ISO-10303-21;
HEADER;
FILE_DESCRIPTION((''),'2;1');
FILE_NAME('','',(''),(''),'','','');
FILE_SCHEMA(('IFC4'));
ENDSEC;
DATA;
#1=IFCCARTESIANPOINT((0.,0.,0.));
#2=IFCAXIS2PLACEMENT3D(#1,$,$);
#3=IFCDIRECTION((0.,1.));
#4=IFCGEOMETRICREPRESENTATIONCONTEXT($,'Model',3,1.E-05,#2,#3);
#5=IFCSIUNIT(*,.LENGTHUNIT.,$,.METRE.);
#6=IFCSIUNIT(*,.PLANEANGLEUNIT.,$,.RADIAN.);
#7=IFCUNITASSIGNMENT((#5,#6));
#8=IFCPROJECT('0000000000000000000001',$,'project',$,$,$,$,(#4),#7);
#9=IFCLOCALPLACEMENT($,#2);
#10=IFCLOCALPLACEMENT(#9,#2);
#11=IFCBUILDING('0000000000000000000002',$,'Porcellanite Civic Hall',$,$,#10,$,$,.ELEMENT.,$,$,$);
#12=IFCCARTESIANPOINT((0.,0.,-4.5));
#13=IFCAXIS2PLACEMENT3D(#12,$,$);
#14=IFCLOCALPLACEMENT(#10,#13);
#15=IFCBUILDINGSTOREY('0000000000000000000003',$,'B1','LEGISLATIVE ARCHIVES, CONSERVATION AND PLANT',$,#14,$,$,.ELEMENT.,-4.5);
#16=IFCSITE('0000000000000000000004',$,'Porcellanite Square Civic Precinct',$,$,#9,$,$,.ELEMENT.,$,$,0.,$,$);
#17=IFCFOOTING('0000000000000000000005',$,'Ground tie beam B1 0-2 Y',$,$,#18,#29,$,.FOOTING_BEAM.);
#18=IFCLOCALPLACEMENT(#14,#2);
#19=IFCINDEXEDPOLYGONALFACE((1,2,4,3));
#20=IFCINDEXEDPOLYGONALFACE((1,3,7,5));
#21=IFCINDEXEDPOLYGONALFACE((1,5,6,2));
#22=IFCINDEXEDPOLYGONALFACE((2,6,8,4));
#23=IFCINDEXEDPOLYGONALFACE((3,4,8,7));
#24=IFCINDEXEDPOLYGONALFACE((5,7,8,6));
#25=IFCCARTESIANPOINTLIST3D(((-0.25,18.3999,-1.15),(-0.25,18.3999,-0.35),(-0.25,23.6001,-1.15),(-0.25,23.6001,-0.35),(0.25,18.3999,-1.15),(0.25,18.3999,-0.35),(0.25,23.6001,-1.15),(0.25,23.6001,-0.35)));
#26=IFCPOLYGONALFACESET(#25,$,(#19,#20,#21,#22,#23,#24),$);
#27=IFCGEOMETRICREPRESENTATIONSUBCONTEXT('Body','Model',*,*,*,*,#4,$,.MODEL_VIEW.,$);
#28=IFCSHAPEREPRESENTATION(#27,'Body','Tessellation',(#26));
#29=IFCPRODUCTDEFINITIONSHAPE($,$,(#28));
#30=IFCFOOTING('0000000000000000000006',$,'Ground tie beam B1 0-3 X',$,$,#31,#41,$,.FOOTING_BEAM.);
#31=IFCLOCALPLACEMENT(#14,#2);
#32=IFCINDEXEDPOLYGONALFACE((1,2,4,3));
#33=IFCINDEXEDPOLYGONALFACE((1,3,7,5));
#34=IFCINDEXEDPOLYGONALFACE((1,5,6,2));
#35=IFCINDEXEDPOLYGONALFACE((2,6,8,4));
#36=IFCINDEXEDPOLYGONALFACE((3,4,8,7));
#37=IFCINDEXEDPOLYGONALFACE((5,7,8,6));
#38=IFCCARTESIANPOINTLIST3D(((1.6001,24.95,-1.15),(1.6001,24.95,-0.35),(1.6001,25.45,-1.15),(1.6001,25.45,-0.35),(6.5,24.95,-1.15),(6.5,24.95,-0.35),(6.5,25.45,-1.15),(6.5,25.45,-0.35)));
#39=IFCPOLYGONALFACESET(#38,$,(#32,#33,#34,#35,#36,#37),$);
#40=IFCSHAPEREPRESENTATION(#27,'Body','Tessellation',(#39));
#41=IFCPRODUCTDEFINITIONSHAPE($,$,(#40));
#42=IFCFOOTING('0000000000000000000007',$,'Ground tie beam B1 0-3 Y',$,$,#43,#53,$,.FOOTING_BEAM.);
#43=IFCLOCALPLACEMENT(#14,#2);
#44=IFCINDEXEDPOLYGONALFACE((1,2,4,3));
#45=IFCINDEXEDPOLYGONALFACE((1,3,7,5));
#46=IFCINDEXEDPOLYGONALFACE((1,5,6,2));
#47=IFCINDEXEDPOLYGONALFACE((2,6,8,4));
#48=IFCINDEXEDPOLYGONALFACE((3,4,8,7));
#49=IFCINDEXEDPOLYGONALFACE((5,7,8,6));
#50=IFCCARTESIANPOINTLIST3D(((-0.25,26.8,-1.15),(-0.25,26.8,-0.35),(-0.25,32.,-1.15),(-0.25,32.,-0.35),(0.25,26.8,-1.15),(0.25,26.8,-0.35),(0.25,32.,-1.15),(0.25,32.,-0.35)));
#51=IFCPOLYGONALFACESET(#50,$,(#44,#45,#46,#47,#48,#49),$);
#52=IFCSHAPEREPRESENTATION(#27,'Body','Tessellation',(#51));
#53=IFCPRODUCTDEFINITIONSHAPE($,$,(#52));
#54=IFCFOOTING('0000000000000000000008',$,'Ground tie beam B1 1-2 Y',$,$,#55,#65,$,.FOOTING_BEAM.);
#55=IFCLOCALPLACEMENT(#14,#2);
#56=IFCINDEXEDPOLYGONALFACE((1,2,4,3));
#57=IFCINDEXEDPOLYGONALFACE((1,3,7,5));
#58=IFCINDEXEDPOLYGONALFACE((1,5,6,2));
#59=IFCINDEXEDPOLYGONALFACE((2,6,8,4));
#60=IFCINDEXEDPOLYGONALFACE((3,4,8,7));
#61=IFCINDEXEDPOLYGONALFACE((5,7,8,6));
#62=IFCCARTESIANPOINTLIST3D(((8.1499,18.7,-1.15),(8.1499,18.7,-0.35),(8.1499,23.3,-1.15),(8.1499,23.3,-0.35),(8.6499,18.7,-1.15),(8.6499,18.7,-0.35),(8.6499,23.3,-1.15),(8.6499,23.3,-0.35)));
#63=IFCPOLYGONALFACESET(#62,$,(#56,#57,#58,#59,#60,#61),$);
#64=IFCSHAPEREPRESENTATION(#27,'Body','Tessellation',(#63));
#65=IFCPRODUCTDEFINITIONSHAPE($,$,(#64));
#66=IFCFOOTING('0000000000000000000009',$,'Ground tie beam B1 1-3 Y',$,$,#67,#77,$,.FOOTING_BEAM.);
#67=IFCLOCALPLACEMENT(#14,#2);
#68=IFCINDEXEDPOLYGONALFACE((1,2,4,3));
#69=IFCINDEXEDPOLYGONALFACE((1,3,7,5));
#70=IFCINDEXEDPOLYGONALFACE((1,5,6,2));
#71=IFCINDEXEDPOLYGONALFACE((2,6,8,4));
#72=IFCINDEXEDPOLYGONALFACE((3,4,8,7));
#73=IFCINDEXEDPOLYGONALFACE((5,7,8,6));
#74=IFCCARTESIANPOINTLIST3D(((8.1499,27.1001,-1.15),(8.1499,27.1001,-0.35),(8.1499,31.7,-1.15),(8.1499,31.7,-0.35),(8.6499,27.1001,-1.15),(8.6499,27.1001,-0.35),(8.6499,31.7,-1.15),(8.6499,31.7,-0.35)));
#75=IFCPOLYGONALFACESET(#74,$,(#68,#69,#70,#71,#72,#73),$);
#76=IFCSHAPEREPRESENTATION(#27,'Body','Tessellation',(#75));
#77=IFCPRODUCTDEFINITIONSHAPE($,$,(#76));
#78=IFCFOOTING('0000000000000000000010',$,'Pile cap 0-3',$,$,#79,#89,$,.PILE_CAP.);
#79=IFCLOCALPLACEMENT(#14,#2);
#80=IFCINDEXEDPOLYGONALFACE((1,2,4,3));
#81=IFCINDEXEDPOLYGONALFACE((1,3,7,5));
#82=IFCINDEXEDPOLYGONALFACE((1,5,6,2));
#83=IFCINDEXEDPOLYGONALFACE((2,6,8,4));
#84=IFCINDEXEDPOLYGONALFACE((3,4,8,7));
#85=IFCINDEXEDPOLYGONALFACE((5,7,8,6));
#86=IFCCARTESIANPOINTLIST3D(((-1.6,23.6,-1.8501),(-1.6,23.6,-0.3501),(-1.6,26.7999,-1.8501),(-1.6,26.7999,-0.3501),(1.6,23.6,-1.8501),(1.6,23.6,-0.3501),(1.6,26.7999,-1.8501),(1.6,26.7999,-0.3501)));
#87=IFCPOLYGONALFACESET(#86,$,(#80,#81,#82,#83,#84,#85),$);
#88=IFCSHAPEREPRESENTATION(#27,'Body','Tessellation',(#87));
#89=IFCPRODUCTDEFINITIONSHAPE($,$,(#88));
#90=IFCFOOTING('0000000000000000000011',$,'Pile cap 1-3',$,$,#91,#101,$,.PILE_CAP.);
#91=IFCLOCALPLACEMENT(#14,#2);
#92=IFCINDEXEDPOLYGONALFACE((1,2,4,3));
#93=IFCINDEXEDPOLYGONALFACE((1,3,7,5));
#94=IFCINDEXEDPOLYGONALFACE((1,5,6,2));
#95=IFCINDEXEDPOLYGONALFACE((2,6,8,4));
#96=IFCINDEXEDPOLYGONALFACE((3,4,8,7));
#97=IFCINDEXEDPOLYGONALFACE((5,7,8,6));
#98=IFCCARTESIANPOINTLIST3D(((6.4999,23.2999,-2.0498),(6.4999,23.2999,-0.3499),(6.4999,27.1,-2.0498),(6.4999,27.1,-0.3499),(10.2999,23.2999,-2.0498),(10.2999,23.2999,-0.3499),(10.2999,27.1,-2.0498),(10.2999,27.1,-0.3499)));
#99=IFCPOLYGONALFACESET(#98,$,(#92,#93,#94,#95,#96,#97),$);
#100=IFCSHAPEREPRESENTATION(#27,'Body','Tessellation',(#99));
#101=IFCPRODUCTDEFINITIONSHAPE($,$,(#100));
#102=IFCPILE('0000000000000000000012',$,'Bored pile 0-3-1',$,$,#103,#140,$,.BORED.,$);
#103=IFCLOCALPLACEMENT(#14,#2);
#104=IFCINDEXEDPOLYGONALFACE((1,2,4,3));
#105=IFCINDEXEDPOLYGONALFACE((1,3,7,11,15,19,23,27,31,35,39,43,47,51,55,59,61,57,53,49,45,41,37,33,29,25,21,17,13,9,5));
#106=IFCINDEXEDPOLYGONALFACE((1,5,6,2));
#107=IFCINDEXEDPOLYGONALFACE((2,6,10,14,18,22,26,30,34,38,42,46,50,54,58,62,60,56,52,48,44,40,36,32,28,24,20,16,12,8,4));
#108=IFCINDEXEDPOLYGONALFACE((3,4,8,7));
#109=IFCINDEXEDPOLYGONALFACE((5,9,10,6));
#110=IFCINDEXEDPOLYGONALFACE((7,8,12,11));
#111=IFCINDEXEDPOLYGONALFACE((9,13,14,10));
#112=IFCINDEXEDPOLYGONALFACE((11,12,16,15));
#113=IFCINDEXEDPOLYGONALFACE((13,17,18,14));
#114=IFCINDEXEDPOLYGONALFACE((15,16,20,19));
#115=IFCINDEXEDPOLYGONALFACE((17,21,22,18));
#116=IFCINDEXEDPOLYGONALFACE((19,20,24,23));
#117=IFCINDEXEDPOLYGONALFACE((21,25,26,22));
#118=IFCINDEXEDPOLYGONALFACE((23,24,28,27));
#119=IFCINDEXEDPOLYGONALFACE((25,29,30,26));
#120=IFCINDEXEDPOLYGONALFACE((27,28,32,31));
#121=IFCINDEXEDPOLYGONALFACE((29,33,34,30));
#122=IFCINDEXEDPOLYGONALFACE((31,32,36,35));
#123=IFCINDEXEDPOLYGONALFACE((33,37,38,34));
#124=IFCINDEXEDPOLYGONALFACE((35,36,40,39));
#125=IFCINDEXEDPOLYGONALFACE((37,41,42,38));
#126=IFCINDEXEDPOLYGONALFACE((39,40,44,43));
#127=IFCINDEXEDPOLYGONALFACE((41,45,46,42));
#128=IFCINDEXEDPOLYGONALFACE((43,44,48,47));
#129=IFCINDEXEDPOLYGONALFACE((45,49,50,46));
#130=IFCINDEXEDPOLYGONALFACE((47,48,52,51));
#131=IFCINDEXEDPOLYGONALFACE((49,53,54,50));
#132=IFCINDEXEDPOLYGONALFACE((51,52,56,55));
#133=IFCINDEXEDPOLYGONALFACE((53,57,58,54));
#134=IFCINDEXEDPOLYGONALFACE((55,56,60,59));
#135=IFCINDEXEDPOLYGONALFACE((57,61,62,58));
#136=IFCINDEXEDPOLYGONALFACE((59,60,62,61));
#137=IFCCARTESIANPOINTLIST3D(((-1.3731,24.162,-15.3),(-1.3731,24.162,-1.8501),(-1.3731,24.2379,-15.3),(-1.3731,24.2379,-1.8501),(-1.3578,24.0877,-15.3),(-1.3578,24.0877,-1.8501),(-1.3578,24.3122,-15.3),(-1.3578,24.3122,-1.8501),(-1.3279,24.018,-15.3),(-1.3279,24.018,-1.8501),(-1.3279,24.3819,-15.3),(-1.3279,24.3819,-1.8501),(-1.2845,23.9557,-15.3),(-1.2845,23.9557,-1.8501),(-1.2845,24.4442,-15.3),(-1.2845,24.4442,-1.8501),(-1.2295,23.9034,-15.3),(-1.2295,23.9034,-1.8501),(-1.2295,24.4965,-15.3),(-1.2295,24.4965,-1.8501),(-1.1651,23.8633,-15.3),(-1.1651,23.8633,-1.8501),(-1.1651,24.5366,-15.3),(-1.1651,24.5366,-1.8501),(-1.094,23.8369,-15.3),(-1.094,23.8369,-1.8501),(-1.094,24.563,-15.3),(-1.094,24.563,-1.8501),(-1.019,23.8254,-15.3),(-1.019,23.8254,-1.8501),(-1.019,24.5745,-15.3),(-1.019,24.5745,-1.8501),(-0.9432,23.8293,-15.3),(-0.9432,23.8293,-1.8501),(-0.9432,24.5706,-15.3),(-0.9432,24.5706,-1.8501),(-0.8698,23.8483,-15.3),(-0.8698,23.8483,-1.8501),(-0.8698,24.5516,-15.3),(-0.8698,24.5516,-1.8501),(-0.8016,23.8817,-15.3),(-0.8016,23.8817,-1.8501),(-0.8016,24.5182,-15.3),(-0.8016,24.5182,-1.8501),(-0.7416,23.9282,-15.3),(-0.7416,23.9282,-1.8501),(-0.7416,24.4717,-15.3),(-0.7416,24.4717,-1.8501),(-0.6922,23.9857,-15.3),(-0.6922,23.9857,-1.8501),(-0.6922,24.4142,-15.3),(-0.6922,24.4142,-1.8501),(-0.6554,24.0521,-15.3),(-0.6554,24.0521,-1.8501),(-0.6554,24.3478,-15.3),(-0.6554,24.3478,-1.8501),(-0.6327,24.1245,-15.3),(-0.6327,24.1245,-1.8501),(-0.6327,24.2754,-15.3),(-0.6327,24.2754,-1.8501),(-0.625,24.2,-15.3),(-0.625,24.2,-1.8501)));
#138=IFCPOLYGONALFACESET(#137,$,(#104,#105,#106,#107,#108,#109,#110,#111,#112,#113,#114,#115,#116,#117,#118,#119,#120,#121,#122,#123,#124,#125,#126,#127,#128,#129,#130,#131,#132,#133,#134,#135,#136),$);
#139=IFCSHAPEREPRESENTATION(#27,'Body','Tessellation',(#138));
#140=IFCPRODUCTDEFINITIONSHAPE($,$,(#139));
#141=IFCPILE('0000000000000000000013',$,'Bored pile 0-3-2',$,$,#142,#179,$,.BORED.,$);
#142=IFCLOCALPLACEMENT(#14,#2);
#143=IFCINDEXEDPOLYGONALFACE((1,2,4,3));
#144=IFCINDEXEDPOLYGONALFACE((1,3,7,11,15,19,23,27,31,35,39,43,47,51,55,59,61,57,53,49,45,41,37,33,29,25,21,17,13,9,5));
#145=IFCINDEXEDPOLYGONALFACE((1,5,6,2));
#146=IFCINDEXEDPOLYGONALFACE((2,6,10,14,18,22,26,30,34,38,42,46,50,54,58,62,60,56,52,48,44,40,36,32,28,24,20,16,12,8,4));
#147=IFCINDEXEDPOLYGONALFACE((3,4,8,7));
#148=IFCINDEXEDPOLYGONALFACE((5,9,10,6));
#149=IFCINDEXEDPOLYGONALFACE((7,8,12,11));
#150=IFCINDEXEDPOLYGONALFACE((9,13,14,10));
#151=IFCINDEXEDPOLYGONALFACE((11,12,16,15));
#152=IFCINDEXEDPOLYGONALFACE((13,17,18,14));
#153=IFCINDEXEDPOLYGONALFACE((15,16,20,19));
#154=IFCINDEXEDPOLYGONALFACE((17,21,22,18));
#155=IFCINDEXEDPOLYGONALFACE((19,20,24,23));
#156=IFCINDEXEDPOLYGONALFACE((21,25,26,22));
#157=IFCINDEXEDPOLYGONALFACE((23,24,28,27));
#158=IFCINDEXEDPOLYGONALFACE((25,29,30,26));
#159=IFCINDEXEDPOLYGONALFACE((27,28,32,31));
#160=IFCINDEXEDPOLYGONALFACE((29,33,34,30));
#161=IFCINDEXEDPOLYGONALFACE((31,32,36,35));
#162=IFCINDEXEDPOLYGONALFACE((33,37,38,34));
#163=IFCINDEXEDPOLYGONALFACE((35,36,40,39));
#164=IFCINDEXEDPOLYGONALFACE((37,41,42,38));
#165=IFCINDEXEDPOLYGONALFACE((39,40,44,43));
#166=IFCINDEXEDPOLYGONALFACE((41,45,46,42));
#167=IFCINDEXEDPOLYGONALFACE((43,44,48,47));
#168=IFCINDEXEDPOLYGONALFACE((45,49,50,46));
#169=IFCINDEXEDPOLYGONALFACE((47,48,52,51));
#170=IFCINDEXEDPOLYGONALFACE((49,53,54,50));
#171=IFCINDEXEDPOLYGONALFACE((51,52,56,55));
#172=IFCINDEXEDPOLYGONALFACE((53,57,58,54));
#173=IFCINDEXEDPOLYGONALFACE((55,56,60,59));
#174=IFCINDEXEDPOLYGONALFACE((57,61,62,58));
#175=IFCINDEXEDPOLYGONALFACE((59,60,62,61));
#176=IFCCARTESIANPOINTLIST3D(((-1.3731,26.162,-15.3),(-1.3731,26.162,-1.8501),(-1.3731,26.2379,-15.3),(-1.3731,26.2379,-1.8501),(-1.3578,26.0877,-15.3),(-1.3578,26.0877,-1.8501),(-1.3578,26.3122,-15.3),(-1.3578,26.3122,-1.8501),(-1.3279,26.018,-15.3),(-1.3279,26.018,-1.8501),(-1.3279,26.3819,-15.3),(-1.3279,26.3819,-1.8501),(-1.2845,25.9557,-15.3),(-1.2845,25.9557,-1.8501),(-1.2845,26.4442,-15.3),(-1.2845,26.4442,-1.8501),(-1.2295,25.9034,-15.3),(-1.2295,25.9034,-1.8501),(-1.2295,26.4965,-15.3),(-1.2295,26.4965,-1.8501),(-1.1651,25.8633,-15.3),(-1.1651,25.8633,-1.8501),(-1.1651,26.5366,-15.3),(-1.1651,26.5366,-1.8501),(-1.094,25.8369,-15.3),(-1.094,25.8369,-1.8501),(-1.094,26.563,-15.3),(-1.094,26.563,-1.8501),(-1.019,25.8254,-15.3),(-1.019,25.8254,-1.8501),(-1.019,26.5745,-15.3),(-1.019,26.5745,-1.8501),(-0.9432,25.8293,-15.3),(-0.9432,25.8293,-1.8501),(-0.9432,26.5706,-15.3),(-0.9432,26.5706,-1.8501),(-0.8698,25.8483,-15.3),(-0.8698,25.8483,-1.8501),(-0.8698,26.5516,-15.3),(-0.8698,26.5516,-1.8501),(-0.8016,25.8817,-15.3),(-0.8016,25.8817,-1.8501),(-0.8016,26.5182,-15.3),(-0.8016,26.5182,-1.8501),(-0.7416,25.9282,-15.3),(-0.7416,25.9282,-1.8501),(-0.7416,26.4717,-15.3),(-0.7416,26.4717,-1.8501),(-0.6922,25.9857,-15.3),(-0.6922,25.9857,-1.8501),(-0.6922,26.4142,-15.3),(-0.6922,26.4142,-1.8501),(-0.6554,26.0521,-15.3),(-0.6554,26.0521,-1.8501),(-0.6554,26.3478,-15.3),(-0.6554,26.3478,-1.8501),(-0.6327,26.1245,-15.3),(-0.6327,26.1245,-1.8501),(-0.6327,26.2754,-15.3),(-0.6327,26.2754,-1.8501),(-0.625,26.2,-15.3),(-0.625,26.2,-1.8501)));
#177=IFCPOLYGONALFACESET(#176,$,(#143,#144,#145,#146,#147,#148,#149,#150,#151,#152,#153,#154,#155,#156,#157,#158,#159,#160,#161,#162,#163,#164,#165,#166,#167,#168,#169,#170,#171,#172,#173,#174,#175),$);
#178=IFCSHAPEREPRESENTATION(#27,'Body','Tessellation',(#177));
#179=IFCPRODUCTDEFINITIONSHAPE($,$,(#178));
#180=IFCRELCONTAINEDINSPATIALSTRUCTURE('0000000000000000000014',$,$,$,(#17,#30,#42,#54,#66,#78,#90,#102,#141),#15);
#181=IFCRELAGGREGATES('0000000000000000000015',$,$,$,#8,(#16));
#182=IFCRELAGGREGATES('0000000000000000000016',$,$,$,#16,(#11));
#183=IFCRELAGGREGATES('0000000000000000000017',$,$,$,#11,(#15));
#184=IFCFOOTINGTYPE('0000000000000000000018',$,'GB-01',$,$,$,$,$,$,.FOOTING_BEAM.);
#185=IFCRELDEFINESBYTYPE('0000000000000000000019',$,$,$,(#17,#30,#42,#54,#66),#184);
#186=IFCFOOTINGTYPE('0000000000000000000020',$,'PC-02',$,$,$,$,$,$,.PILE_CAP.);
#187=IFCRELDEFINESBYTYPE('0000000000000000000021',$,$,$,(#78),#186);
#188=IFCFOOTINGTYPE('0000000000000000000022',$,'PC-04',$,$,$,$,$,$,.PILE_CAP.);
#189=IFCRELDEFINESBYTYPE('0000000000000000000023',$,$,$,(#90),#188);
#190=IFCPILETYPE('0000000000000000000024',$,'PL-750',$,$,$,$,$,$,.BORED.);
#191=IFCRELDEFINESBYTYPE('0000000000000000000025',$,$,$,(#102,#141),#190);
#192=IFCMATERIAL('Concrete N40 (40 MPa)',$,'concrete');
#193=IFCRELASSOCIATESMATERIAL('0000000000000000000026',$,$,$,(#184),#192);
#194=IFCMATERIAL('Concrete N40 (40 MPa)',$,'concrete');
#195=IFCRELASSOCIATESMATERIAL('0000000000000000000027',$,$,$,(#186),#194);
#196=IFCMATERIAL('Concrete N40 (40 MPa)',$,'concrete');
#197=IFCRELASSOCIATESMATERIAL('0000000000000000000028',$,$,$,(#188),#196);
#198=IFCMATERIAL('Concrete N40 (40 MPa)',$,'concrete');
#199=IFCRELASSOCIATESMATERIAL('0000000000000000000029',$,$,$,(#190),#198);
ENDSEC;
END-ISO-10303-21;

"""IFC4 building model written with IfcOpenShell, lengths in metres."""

from ifc_helpers import new_model, si_unit, direction, frame, origin, origin_2d, place, context, subcontext, project, spatial, rectangle, circle, extrude, material, material_profile, profile_set, type_object, element, save


model = new_model("IFC4")

# Units and contexts
model_context = context("Model", 3, precision=1e-05, world=origin(), true_north=direction((0.0, 1.0)))
body_context = subcontext(model_context, "Body", "Model", "MODEL_VIEW")
ifc_project = project(units=[si_unit("LENGTHUNIT", "METRE"), si_unit("PLANEANGLEUNIT", "RADIAN")], contexts=[model_context])

# Site, building, storey
site_placement = place(None, origin())
site = spatial("IfcSite", under=ifc_project, at=site_placement, Name="Porcellanite Square Civic Precinct", CompositionType="ELEMENT", RefElevation=0.0)
building_placement = place(site_placement, origin())
building = spatial("IfcBuilding", under=site, at=building_placement, Name="Porcellanite Civic Hall", CompositionType="ELEMENT")
storey_placement = place(building_placement, frame((0.0, 0.0, -4.5)))
storey = spatial("IfcBuildingStorey", under=building, at=storey_placement, Name="B1", Description="LEGISLATIVE ARCHIVES, CONSERVATION AND PLANT", CompositionType="ELEMENT", Elevation=-4.5)

# Footings
ifc_material_1 = material(Name="Concrete N40 (40 MPa)", Category="concrete")
ifc_material_profile_1 = material_profile(ifc_material_1, rectangle(XDim=0.5, YDim=0.8, at=origin_2d()), Name="RC-500x800")
ifc_profile_set_1 = profile_set([ifc_material_profile_1], Name="Concrete N40 (40 MPa)")
footing_type_1 = type_object("IfcFootingType", Name="GB-01", PredefinedType="FOOTING_BEAM", material=ifc_profile_set_1)
footing_1_placement = place(storey_placement, frame((0.0, 18.3999, -0.75), z_axis=(0.0, 1.0, 0.0), x_axis=(-1.0, 0.0, 0.0)))
element("IfcFooting", 1, at=footing_1_placement, inside=storey, type_object=footing_type_1, Name="Ground tie beam B1 0-2 Y", PredefinedType="FOOTING_BEAM", context=body_context, shape_type="SweptSolid", body=[
    extrude(rectangle(XDim=0.5, YDim=0.8, at=origin_2d()), origin(), (0.0, 0.0, 1.0), 5.2002),
])
footing_2_placement = place(storey_placement, frame((1.6001, 25.2, -0.75), z_axis=(1.0, 0.0, 0.0), x_axis=(0.0, 1.0, 0.0)))
element("IfcFooting", 2, at=footing_2_placement, inside=storey, type_object=footing_type_1, Name="Ground tie beam B1 0-3 X", PredefinedType="FOOTING_BEAM", context=body_context, shape_type="SweptSolid", body=[
    extrude(rectangle(XDim=0.5, YDim=0.8, at=origin_2d()), origin(), (0.0, 0.0, 1.0), 4.8999),
])
footing_3_placement = place(storey_placement, frame((0.0, 26.8, -0.75), z_axis=(0.0, 1.0, 0.0), x_axis=(-1.0, 0.0, 0.0)))
element("IfcFooting", 3, at=footing_3_placement, inside=storey, type_object=footing_type_1, Name="Ground tie beam B1 0-3 Y", PredefinedType="FOOTING_BEAM", context=body_context, shape_type="SweptSolid", body=[
    extrude(rectangle(XDim=0.5, YDim=0.8, at=origin_2d()), origin(), (0.0, 0.0, 1.0), 5.2),
])
footing_4_placement = place(storey_placement, frame((8.3999, 18.7, -0.75), z_axis=(0.0, 1.0, 0.0), x_axis=(-1.0, 0.0, 0.0)))
element("IfcFooting", 4, at=footing_4_placement, inside=storey, type_object=footing_type_1, Name="Ground tie beam B1 1-2 Y", PredefinedType="FOOTING_BEAM", context=body_context, shape_type="SweptSolid", body=[
    extrude(rectangle(XDim=0.5, YDim=0.8, at=origin_2d()), origin(), (0.0, 0.0, 1.0), 4.6001),
])
footing_5_placement = place(storey_placement, frame((8.3999, 27.1001, -0.75), z_axis=(0.0, 1.0, 0.0), x_axis=(-1.0, 0.0, 0.0)))
element("IfcFooting", 5, at=footing_5_placement, inside=storey, type_object=footing_type_1, Name="Ground tie beam B1 1-3 Y", PredefinedType="FOOTING_BEAM", context=body_context, shape_type="SweptSolid", body=[
    extrude(rectangle(XDim=0.5, YDim=0.8, at=origin_2d()), origin(), (0.0, 0.0, 1.0), 4.5999),
])
ifc_material_2 = material(Name="Concrete N40 (40 MPa)", Category="concrete")
footing_type_2 = type_object("IfcFootingType", Name="PC-02", PredefinedType="PILE_CAP", material=ifc_material_2)
footing_6_placement = place(storey_placement, frame((0.0, 25.2, -1.8501), z_axis=(0.0, 0.0, 1.0), x_axis=(1.0, 0.0, 0.0)))
element("IfcFooting", 6, at=footing_6_placement, inside=storey, type_object=footing_type_2, Name="Pile cap 0-3", PredefinedType="PILE_CAP", context=body_context, shape_type="SweptSolid", body=[
    extrude(rectangle(XDim=3.2, YDim=3.2, at=origin_2d()), origin(), (0.0, 0.0, 1.0), 1.5),
])
ifc_material_3 = material(Name="Concrete N40 (40 MPa)", Category="concrete")
footing_type_3 = type_object("IfcFootingType", Name="PC-04", PredefinedType="PILE_CAP", material=ifc_material_3)
footing_7_placement = place(storey_placement, frame((8.3999, 25.2, -2.0498), z_axis=(0.0, 0.0, 1.0), x_axis=(1.0, 0.0, 0.0)))
element("IfcFooting", 7, at=footing_7_placement, inside=storey, type_object=footing_type_3, Name="Pile cap 1-3", PredefinedType="PILE_CAP", context=body_context, shape_type="SweptSolid", body=[
    extrude(rectangle(XDim=3.8, YDim=3.8, at=origin_2d()), origin(), (0.0, 0.0, 1.0), 1.7),
])

# Piles
ifc_material_4 = material(Name="Concrete N40 (40 MPa)", Category="concrete")
ifc_material_profile_2 = material_profile(ifc_material_4, circle(Radius=0.375, at=origin_2d()), Name="PILE-D750")
ifc_profile_set_2 = profile_set([ifc_material_profile_2], Name="Concrete N40 (40 MPa)")
pile_type_1 = type_object("IfcPileType", Name="PL-750", PredefinedType="BORED", material=ifc_profile_set_2)
for number, where, z_axis, x_axis, name in (
    (8, (-1.0, 24.2, -1.8501), (0.0, 0.0, -1.0), (1.0, 0.0, 0.0), "Bored pile 0-3-1"),
    (9, (-1.0, 26.2, -1.8501), (0.0, 0.0, -1.0), (1.0, 0.0, 0.0), "Bored pile 0-3-2"),
):
    element("IfcPile", number, at=place(storey_placement, frame(where, z_axis=z_axis, x_axis=x_axis)), inside=storey, type_object=pile_type_1, Name=name, PredefinedType="BORED", context=body_context, shape_type="SweptSolid", body=[
        extrude(circle(Radius=0.375, at=origin_2d()), origin(), (0.0, 0.0, 1.0), 13.45),
    ])

save(model, "model.ifc")
